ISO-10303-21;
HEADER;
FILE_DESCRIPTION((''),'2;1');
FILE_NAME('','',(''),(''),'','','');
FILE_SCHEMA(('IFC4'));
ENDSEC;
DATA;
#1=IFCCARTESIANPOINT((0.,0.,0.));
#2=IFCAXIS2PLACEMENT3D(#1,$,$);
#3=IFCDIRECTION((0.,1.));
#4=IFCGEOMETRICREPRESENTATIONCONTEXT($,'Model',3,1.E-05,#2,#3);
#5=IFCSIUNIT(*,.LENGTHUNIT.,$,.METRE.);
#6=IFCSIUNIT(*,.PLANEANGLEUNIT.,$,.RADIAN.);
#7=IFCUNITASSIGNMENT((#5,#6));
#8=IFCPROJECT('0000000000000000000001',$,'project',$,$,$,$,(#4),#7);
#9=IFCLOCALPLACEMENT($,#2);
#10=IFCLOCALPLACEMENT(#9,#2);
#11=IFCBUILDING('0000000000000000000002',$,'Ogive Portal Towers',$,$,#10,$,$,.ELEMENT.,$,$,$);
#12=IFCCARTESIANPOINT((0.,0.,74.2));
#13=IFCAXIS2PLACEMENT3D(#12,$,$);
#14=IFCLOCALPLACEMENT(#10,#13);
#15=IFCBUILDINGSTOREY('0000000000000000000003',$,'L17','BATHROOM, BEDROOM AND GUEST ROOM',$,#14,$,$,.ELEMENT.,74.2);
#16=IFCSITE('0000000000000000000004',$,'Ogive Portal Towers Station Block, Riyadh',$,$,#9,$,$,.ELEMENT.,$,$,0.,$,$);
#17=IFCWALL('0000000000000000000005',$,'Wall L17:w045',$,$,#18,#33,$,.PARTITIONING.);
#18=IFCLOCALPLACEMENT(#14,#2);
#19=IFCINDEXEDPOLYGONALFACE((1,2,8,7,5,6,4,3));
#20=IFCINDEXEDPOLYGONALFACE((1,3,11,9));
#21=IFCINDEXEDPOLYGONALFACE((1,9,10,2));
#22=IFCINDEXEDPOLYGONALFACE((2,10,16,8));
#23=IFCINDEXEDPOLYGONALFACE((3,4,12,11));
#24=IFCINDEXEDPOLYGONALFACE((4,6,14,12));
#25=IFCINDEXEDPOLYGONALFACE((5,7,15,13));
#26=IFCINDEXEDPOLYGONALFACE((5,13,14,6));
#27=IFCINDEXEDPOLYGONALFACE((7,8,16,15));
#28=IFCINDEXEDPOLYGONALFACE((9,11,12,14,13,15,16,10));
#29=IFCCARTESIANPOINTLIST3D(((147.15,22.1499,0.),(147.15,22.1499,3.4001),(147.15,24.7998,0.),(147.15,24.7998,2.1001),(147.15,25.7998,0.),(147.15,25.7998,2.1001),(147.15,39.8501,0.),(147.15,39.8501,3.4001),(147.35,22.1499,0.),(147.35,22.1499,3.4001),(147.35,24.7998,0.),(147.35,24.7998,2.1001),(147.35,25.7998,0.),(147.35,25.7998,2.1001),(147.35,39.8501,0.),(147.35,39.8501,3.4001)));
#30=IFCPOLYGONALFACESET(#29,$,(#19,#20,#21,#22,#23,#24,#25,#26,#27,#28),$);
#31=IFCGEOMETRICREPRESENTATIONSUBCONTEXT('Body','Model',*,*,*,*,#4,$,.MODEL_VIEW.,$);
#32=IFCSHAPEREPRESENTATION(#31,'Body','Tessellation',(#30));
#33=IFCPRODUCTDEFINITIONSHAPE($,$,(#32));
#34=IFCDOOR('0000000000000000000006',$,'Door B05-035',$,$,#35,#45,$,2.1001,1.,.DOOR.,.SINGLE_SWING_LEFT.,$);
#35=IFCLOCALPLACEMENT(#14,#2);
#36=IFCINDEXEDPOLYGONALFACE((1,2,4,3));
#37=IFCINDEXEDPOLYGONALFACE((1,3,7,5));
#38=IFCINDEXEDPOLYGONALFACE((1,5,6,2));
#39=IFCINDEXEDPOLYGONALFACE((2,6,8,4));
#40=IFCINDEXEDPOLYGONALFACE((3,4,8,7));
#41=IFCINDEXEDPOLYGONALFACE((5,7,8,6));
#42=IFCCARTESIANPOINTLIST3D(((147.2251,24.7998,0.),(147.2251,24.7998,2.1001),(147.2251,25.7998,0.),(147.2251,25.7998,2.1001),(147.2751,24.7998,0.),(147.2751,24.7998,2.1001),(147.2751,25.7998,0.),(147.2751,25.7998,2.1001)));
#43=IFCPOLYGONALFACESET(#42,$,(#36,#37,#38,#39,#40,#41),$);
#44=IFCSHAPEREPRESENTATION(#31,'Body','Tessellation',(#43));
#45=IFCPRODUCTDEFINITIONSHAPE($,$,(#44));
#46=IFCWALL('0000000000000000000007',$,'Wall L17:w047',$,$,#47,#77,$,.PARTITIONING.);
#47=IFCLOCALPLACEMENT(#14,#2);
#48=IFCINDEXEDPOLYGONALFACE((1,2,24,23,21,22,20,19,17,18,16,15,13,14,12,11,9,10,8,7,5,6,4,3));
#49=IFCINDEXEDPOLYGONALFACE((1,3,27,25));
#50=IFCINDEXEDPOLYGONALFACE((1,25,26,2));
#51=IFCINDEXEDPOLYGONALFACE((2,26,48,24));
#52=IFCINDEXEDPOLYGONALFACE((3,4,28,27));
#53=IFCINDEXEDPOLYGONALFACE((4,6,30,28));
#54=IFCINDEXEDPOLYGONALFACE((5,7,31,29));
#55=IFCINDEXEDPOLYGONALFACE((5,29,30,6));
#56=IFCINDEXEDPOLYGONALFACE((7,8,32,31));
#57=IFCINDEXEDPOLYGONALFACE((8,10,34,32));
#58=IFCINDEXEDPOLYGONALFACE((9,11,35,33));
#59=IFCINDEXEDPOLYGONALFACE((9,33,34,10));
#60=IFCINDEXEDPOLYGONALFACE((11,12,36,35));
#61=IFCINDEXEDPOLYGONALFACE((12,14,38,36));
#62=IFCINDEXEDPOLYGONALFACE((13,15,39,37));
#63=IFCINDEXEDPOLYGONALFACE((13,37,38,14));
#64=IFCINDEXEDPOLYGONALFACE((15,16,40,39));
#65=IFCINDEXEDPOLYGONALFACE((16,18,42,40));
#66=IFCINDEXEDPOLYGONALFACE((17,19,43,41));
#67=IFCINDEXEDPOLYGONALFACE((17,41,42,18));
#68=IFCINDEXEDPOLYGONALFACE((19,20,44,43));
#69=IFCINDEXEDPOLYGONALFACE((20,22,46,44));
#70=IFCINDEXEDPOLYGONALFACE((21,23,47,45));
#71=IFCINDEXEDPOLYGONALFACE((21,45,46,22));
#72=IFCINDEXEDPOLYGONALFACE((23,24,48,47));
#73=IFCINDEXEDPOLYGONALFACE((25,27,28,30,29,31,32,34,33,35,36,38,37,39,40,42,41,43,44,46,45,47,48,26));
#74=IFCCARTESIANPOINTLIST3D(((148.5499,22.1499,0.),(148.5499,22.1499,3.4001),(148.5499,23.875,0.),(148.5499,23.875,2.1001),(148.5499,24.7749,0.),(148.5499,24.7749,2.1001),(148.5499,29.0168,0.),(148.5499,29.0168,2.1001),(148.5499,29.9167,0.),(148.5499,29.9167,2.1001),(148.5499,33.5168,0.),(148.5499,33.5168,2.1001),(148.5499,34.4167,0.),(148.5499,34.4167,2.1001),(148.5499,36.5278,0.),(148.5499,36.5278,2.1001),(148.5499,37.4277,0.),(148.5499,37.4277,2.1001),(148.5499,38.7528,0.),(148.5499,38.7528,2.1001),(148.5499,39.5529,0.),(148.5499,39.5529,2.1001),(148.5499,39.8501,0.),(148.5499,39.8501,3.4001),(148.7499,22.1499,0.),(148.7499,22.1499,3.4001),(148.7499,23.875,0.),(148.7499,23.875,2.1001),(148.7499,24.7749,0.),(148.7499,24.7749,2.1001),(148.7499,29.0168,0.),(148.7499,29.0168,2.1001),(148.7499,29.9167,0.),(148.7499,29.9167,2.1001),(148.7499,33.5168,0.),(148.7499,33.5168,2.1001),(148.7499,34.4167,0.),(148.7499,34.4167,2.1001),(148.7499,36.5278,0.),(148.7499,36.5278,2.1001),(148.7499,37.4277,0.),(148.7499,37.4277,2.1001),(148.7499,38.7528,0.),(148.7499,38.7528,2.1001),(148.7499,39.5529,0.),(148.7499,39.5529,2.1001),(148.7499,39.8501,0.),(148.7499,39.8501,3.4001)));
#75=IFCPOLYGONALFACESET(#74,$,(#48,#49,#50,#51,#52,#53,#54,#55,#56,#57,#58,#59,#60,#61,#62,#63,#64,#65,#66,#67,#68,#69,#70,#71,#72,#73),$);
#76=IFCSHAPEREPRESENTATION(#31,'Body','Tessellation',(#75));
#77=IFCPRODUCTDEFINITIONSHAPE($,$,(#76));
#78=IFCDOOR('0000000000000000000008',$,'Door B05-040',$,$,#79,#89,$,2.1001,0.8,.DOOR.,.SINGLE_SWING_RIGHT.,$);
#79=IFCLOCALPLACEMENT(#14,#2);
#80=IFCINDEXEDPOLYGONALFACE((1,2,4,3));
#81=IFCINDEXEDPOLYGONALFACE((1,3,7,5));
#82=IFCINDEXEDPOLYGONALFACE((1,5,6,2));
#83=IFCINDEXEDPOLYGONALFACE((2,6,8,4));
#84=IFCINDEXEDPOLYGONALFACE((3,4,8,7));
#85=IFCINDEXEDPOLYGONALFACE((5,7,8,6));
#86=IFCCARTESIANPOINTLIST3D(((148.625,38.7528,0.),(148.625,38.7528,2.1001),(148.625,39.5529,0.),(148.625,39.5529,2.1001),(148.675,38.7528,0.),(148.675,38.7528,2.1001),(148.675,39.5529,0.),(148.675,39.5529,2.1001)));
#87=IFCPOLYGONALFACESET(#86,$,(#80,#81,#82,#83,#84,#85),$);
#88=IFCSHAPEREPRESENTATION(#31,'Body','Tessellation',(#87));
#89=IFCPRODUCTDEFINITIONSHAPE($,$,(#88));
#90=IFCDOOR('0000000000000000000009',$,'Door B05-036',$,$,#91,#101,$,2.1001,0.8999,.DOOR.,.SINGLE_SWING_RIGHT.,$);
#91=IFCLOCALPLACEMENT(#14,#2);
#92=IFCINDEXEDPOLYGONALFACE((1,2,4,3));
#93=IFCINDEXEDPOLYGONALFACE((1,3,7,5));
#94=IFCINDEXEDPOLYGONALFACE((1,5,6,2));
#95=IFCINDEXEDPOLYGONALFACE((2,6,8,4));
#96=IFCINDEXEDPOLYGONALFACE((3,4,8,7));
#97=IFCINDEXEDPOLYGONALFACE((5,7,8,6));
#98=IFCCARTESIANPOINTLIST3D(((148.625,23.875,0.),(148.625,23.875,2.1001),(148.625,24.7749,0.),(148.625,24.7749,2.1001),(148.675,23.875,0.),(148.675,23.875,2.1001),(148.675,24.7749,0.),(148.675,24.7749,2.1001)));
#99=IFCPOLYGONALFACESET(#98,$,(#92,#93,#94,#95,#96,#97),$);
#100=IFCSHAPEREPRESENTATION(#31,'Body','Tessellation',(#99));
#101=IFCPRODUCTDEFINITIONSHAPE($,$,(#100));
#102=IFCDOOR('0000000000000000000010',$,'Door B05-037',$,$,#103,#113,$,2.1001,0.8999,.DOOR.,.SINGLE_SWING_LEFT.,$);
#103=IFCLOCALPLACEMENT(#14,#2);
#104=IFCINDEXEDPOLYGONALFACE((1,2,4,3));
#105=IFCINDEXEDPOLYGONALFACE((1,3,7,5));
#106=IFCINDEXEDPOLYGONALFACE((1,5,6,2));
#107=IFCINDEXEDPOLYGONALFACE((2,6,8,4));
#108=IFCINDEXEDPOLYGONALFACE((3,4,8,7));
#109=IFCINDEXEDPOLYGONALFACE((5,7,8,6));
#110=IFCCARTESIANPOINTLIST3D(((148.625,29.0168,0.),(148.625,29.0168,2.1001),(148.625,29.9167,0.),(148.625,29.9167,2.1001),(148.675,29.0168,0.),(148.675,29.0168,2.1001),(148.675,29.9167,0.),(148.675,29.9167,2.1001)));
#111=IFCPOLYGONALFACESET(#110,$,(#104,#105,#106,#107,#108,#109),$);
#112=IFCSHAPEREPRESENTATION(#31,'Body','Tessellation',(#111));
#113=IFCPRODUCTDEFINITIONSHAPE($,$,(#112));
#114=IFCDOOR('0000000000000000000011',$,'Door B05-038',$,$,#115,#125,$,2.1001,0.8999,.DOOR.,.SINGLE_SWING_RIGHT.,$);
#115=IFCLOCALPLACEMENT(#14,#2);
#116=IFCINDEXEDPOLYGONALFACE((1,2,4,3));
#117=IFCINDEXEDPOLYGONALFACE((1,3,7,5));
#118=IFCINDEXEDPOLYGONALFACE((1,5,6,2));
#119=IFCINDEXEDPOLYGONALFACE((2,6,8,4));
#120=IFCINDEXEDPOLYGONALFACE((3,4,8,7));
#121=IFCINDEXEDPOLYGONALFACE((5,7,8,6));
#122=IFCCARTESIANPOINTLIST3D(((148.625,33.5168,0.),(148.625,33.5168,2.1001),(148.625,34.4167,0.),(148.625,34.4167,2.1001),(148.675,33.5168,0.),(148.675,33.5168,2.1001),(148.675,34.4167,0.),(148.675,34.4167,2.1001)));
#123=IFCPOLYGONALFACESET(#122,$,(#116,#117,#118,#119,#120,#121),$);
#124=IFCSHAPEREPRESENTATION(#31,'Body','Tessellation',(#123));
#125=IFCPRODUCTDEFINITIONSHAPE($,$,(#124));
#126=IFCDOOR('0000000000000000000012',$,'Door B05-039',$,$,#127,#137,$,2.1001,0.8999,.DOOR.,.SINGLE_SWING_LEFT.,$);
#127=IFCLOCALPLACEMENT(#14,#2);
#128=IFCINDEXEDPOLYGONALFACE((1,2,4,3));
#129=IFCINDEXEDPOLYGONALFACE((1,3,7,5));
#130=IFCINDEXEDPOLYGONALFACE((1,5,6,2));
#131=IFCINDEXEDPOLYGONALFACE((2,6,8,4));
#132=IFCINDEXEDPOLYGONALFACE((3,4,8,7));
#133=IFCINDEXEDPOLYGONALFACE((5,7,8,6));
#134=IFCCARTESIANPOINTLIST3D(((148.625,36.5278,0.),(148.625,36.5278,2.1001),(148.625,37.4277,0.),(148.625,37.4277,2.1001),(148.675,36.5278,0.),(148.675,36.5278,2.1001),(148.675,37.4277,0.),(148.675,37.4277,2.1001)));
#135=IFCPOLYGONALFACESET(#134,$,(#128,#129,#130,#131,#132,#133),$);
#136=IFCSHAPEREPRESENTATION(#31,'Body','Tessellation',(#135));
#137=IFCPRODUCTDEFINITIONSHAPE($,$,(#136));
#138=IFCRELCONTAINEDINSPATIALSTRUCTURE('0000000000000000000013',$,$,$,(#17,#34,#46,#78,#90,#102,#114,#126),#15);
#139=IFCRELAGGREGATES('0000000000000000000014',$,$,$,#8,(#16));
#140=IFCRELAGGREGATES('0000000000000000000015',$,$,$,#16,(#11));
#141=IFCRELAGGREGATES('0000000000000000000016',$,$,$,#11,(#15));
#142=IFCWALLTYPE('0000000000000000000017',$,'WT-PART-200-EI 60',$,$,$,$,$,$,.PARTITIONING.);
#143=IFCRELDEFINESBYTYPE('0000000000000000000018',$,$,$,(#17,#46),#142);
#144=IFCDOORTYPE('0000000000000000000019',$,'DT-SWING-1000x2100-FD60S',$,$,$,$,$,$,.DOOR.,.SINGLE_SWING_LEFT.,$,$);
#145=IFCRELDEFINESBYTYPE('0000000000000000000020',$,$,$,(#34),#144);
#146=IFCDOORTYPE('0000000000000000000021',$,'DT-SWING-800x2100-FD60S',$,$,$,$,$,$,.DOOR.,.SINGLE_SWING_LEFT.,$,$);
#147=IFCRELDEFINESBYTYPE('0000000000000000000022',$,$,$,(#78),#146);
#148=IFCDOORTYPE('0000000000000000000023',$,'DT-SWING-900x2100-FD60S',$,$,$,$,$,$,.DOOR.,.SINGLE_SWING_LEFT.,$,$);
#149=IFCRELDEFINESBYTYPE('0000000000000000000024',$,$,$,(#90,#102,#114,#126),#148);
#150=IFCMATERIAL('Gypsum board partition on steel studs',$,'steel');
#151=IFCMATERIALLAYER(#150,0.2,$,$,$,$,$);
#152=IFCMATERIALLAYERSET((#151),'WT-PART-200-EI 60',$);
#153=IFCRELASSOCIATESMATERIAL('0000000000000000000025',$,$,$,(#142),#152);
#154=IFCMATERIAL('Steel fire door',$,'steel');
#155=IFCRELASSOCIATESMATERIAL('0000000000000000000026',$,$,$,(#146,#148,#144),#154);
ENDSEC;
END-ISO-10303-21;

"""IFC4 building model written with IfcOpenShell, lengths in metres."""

from ifc_helpers import new_model, si_unit, direction, frame, frame_2d, origin, place, context, subcontext, project, spatial, rectangle, extrude, material, layer, layer_set, type_object, element, fill, save


model = new_model("IFC4")

# Units and contexts
model_context = context("Model", 3, precision=1e-05, world=origin(), true_north=direction((0.0, 1.0)))
body_context = subcontext(model_context, "Body", "Model", "MODEL_VIEW")
ifc_project = project(units=[si_unit("LENGTHUNIT", "METRE"), si_unit("PLANEANGLEUNIT", "RADIAN")], contexts=[model_context])

# Site, building, storey
site_placement = place(None, origin())
site = spatial("IfcSite", under=ifc_project, at=site_placement, Name="Ogive Portal Towers Station Block, Riyadh", CompositionType="ELEMENT", RefElevation=0.0)
building_placement = place(site_placement, origin())
building = spatial("IfcBuilding", under=site, at=building_placement, Name="Ogive Portal Towers", CompositionType="ELEMENT")
storey_placement = place(building_placement, frame((0.0, 0.0, 74.2)))
storey = spatial("IfcBuildingStorey", under=building, at=storey_placement, Name="L17", Description="BATHROOM, BEDROOM AND GUEST ROOM", CompositionType="ELEMENT", Elevation=74.2)

# Shared definitions
ifc_material_1 = material(Name="Gypsum board partition on steel studs", Category="steel")
ifc_layer_1 = layer(ifc_material_1, 0.2)
ifc_layer_set_1 = layer_set([ifc_layer_1], Name="WT-PART-200-EI 60")
wall_type_1 = type_object("IfcWallType", Name="WT-PART-200-EI 60", PredefinedType="PARTITIONING", material=ifc_layer_set_1)
ifc_material_2 = material(Name="Steel fire door", Category="steel")
door_type_1 = type_object("IfcDoorType", Name="DT-SWING-800x2100-FD60S", OperationType="SINGLE_SWING_LEFT", PredefinedType="DOOR", material=ifc_material_2)
door_type_2 = type_object("IfcDoorType", Name="DT-SWING-900x2100-FD60S", OperationType="SINGLE_SWING_LEFT", PredefinedType="DOOR", material=ifc_material_2)

# Wall, opening, door
wall_1_placement = place(storey_placement, frame((147.25, 22.1499, 0.0), z_axis=(0.0, 0.0, 1.0), x_axis=(0.0, 1.0, 0.0)))
wall_1 = element("IfcWall", 1, at=wall_1_placement, inside=storey, type_object=wall_type_1, Name="Wall L17:w045", PredefinedType="PARTITIONING", context=body_context, shape_type="SweptSolid", body=[
    extrude(rectangle(XDim=17.7002, YDim=0.2, at=frame_2d((8.8501, 0.0))), origin(), (0.0, 0.0, 1.0), 3.4001),
])
opening_1_placement = place(wall_1_placement, frame((2.6499, 0.0, 0.0)))
opening_1 = element("IfcOpeningElement", 2, at=opening_1_placement, cuts=wall_1, PredefinedType="OPENING", context=body_context, shape_type="SweptSolid", body=[
    extrude(rectangle(XDim=1.0, YDim=2.1001, at=frame_2d((0.5, 1.05))), frame((0.0, 0.1099, 0.0), z_axis=(0.0, -1.0, 0.0), x_axis=(1.0, 0.0, 0.0)), (0.0, 0.0, 1.0), 0.22),
])
door_type_3 = type_object("IfcDoorType", Name="DT-SWING-1000x2100-FD60S", OperationType="SINGLE_SWING_LEFT", PredefinedType="DOOR", material=ifc_material_2)
door_1_placement = place(opening_1_placement, origin())
door_1 = element("IfcDoor", 3, at=door_1_placement, inside=storey, type_object=door_type_3, Name="Door B05-035", OperationType="SINGLE_SWING_LEFT", OverallHeight=2.1001, OverallWidth=1.0, PredefinedType="DOOR", context=body_context, shape_type="SweptSolid", body=[
    extrude(rectangle(XDim=1.0, YDim=2.1001, at=frame_2d((0.5, 1.05))), frame((0.0, 0.0249, 0.0), z_axis=(0.0, -1.0, 0.0), x_axis=(1.0, 0.0, 0.0)), (0.0, 0.0, 1.0), 0.05),
])
fill(opening_1, door_1)

# Wall, openings, doors
wall_2_placement = place(storey_placement, frame((148.6499, 22.1499, 0.0), z_axis=(0.0, 0.0, 1.0), x_axis=(0.0, 1.0, 0.0)))
wall_2 = element("IfcWall", 4, at=wall_2_placement, inside=storey, type_object=wall_type_1, Name="Wall L17:w047", PredefinedType="PARTITIONING", context=body_context, shape_type="SweptSolid", body=[
    extrude(rectangle(XDim=17.7002, YDim=0.2, at=frame_2d((8.8501, 0.0))), origin(), (0.0, 0.0, 1.0), 3.4001),
])
opening_2_placement = place(wall_2_placement, frame((1.7251, 0.0, 0.0)))
opening_2 = element("IfcOpeningElement", 5, at=opening_2_placement, cuts=wall_2, PredefinedType="OPENING", context=body_context, shape_type="SweptSolid", body=[
    extrude(rectangle(XDim=0.8999, YDim=2.1001, at=frame_2d((0.45, 1.05))), frame((0.0, 0.1099, 0.0), z_axis=(0.0, -1.0, 0.0), x_axis=(1.0, 0.0, 0.0)), (0.0, 0.0, 1.0), 0.22),
])
opening_3_placement = place(wall_2_placement, frame((6.8669, 0.0, 0.0)))
opening_3 = element("IfcOpeningElement", 6, at=opening_3_placement, cuts=wall_2, PredefinedType="OPENING", context=body_context, shape_type="SweptSolid", body=[
    extrude(rectangle(XDim=0.8999, YDim=2.1001, at=frame_2d((0.45, 1.05))), frame((0.0, 0.1099, 0.0), z_axis=(0.0, -1.0, 0.0), x_axis=(1.0, 0.0, 0.0)), (0.0, 0.0, 1.0), 0.22),
])
opening_4_placement = place(wall_2_placement, frame((11.3669, 0.0, 0.0)))
opening_4 = element("IfcOpeningElement", 7, at=opening_4_placement, cuts=wall_2, PredefinedType="OPENING", context=body_context, shape_type="SweptSolid", body=[
    extrude(rectangle(XDim=0.8999, YDim=2.1001, at=frame_2d((0.45, 1.05))), frame((0.0, 0.1099, 0.0), z_axis=(0.0, -1.0, 0.0), x_axis=(1.0, 0.0, 0.0)), (0.0, 0.0, 1.0), 0.22),
])
opening_5_placement = place(wall_2_placement, frame((14.3779, 0.0, 0.0)))
opening_5 = element("IfcOpeningElement", 8, at=opening_5_placement, cuts=wall_2, PredefinedType="OPENING", context=body_context, shape_type="SweptSolid", body=[
    extrude(rectangle(XDim=0.8999, YDim=2.1001, at=frame_2d((0.45, 1.05))), frame((0.0, 0.1099, 0.0), z_axis=(0.0, -1.0, 0.0), x_axis=(1.0, 0.0, 0.0)), (0.0, 0.0, 1.0), 0.22),
])
opening_6_placement = place(wall_2_placement, frame((16.603, 0.0, 0.0)))
opening_6 = element("IfcOpeningElement", 9, at=opening_6_placement, cuts=wall_2, PredefinedType="OPENING", context=body_context, shape_type="SweptSolid", body=[
    extrude(rectangle(XDim=0.8, YDim=2.1001, at=frame_2d((0.3999, 1.05))), frame((0.0, 0.1099, 0.0), z_axis=(0.0, -1.0, 0.0), x_axis=(1.0, 0.0, 0.0)), (0.0, 0.0, 1.0), 0.22),
])
door_2_placement = place(opening_6_placement, origin())
door_2 = element("IfcDoor", 10, at=door_2_placement, inside=storey, type_object=door_type_1, Name="Door B05-040", OperationType="SINGLE_SWING_RIGHT", OverallHeight=2.1001, OverallWidth=0.8, PredefinedType="DOOR", context=body_context, shape_type="SweptSolid", body=[
    extrude(rectangle(XDim=0.8, YDim=2.1001, at=frame_2d((0.3999, 1.05))), frame((0.0, 0.0249, 0.0), z_axis=(0.0, -1.0, 0.0), x_axis=(1.0, 0.0, 0.0)), (0.0, 0.0, 1.0), 0.05),
])
fill(opening_6, door_2)
door_3_placement = place(opening_2_placement, origin())
door_3 = element("IfcDoor", 11, at=door_3_placement, inside=storey, type_object=door_type_2, Name="Door B05-036", OperationType="SINGLE_SWING_RIGHT", OverallHeight=2.1001, OverallWidth=0.8999, PredefinedType="DOOR", context=body_context, shape_type="SweptSolid", body=[
    extrude(rectangle(XDim=0.8999, YDim=2.1001, at=frame_2d((0.45, 1.05))), frame((0.0, 0.0249, 0.0), z_axis=(0.0, -1.0, 0.0), x_axis=(1.0, 0.0, 0.0)), (0.0, 0.0, 1.0), 0.05),
])
fill(opening_2, door_3)
door_4_placement = place(opening_3_placement, origin())
door_4 = element("IfcDoor", 12, at=door_4_placement, inside=storey, type_object=door_type_2, Name="Door B05-037", OperationType="SINGLE_SWING_LEFT", OverallHeight=2.1001, OverallWidth=0.8999, PredefinedType="DOOR", context=body_context, shape_type="SweptSolid", body=[
    extrude(rectangle(XDim=0.8999, YDim=2.1001, at=frame_2d((0.45, 1.05))), frame((0.0, 0.0249, 0.0), z_axis=(0.0, -1.0, 0.0), x_axis=(1.0, 0.0, 0.0)), (0.0, 0.0, 1.0), 0.05),
])
fill(opening_3, door_4)
door_5_placement = place(opening_4_placement, origin())
door_5 = element("IfcDoor", 13, at=door_5_placement, inside=storey, type_object=door_type_2, Name="Door B05-038", OperationType="SINGLE_SWING_RIGHT", OverallHeight=2.1001, OverallWidth=0.8999, PredefinedType="DOOR", context=body_context, shape_type="SweptSolid", body=[
    extrude(rectangle(XDim=0.8999, YDim=2.1001, at=frame_2d((0.45, 1.05))), frame((0.0, 0.0249, 0.0), z_axis=(0.0, -1.0, 0.0), x_axis=(1.0, 0.0, 0.0)), (0.0, 0.0, 1.0), 0.05),
])
fill(opening_4, door_5)
door_6_placement = place(opening_5_placement, origin())
door_6 = element("IfcDoor", 14, at=door_6_placement, inside=storey, type_object=door_type_2, Name="Door B05-039", OperationType="SINGLE_SWING_LEFT", OverallHeight=2.1001, OverallWidth=0.8999, PredefinedType="DOOR", context=body_context, shape_type="SweptSolid", body=[
    extrude(rectangle(XDim=0.8999, YDim=2.1001, at=frame_2d((0.45, 1.05))), frame((0.0, 0.0249, 0.0), z_axis=(0.0, -1.0, 0.0), x_axis=(1.0, 0.0, 0.0)), (0.0, 0.0, 1.0), 0.05),
])
fill(opening_5, door_6)

save(model, "model.ifc")
